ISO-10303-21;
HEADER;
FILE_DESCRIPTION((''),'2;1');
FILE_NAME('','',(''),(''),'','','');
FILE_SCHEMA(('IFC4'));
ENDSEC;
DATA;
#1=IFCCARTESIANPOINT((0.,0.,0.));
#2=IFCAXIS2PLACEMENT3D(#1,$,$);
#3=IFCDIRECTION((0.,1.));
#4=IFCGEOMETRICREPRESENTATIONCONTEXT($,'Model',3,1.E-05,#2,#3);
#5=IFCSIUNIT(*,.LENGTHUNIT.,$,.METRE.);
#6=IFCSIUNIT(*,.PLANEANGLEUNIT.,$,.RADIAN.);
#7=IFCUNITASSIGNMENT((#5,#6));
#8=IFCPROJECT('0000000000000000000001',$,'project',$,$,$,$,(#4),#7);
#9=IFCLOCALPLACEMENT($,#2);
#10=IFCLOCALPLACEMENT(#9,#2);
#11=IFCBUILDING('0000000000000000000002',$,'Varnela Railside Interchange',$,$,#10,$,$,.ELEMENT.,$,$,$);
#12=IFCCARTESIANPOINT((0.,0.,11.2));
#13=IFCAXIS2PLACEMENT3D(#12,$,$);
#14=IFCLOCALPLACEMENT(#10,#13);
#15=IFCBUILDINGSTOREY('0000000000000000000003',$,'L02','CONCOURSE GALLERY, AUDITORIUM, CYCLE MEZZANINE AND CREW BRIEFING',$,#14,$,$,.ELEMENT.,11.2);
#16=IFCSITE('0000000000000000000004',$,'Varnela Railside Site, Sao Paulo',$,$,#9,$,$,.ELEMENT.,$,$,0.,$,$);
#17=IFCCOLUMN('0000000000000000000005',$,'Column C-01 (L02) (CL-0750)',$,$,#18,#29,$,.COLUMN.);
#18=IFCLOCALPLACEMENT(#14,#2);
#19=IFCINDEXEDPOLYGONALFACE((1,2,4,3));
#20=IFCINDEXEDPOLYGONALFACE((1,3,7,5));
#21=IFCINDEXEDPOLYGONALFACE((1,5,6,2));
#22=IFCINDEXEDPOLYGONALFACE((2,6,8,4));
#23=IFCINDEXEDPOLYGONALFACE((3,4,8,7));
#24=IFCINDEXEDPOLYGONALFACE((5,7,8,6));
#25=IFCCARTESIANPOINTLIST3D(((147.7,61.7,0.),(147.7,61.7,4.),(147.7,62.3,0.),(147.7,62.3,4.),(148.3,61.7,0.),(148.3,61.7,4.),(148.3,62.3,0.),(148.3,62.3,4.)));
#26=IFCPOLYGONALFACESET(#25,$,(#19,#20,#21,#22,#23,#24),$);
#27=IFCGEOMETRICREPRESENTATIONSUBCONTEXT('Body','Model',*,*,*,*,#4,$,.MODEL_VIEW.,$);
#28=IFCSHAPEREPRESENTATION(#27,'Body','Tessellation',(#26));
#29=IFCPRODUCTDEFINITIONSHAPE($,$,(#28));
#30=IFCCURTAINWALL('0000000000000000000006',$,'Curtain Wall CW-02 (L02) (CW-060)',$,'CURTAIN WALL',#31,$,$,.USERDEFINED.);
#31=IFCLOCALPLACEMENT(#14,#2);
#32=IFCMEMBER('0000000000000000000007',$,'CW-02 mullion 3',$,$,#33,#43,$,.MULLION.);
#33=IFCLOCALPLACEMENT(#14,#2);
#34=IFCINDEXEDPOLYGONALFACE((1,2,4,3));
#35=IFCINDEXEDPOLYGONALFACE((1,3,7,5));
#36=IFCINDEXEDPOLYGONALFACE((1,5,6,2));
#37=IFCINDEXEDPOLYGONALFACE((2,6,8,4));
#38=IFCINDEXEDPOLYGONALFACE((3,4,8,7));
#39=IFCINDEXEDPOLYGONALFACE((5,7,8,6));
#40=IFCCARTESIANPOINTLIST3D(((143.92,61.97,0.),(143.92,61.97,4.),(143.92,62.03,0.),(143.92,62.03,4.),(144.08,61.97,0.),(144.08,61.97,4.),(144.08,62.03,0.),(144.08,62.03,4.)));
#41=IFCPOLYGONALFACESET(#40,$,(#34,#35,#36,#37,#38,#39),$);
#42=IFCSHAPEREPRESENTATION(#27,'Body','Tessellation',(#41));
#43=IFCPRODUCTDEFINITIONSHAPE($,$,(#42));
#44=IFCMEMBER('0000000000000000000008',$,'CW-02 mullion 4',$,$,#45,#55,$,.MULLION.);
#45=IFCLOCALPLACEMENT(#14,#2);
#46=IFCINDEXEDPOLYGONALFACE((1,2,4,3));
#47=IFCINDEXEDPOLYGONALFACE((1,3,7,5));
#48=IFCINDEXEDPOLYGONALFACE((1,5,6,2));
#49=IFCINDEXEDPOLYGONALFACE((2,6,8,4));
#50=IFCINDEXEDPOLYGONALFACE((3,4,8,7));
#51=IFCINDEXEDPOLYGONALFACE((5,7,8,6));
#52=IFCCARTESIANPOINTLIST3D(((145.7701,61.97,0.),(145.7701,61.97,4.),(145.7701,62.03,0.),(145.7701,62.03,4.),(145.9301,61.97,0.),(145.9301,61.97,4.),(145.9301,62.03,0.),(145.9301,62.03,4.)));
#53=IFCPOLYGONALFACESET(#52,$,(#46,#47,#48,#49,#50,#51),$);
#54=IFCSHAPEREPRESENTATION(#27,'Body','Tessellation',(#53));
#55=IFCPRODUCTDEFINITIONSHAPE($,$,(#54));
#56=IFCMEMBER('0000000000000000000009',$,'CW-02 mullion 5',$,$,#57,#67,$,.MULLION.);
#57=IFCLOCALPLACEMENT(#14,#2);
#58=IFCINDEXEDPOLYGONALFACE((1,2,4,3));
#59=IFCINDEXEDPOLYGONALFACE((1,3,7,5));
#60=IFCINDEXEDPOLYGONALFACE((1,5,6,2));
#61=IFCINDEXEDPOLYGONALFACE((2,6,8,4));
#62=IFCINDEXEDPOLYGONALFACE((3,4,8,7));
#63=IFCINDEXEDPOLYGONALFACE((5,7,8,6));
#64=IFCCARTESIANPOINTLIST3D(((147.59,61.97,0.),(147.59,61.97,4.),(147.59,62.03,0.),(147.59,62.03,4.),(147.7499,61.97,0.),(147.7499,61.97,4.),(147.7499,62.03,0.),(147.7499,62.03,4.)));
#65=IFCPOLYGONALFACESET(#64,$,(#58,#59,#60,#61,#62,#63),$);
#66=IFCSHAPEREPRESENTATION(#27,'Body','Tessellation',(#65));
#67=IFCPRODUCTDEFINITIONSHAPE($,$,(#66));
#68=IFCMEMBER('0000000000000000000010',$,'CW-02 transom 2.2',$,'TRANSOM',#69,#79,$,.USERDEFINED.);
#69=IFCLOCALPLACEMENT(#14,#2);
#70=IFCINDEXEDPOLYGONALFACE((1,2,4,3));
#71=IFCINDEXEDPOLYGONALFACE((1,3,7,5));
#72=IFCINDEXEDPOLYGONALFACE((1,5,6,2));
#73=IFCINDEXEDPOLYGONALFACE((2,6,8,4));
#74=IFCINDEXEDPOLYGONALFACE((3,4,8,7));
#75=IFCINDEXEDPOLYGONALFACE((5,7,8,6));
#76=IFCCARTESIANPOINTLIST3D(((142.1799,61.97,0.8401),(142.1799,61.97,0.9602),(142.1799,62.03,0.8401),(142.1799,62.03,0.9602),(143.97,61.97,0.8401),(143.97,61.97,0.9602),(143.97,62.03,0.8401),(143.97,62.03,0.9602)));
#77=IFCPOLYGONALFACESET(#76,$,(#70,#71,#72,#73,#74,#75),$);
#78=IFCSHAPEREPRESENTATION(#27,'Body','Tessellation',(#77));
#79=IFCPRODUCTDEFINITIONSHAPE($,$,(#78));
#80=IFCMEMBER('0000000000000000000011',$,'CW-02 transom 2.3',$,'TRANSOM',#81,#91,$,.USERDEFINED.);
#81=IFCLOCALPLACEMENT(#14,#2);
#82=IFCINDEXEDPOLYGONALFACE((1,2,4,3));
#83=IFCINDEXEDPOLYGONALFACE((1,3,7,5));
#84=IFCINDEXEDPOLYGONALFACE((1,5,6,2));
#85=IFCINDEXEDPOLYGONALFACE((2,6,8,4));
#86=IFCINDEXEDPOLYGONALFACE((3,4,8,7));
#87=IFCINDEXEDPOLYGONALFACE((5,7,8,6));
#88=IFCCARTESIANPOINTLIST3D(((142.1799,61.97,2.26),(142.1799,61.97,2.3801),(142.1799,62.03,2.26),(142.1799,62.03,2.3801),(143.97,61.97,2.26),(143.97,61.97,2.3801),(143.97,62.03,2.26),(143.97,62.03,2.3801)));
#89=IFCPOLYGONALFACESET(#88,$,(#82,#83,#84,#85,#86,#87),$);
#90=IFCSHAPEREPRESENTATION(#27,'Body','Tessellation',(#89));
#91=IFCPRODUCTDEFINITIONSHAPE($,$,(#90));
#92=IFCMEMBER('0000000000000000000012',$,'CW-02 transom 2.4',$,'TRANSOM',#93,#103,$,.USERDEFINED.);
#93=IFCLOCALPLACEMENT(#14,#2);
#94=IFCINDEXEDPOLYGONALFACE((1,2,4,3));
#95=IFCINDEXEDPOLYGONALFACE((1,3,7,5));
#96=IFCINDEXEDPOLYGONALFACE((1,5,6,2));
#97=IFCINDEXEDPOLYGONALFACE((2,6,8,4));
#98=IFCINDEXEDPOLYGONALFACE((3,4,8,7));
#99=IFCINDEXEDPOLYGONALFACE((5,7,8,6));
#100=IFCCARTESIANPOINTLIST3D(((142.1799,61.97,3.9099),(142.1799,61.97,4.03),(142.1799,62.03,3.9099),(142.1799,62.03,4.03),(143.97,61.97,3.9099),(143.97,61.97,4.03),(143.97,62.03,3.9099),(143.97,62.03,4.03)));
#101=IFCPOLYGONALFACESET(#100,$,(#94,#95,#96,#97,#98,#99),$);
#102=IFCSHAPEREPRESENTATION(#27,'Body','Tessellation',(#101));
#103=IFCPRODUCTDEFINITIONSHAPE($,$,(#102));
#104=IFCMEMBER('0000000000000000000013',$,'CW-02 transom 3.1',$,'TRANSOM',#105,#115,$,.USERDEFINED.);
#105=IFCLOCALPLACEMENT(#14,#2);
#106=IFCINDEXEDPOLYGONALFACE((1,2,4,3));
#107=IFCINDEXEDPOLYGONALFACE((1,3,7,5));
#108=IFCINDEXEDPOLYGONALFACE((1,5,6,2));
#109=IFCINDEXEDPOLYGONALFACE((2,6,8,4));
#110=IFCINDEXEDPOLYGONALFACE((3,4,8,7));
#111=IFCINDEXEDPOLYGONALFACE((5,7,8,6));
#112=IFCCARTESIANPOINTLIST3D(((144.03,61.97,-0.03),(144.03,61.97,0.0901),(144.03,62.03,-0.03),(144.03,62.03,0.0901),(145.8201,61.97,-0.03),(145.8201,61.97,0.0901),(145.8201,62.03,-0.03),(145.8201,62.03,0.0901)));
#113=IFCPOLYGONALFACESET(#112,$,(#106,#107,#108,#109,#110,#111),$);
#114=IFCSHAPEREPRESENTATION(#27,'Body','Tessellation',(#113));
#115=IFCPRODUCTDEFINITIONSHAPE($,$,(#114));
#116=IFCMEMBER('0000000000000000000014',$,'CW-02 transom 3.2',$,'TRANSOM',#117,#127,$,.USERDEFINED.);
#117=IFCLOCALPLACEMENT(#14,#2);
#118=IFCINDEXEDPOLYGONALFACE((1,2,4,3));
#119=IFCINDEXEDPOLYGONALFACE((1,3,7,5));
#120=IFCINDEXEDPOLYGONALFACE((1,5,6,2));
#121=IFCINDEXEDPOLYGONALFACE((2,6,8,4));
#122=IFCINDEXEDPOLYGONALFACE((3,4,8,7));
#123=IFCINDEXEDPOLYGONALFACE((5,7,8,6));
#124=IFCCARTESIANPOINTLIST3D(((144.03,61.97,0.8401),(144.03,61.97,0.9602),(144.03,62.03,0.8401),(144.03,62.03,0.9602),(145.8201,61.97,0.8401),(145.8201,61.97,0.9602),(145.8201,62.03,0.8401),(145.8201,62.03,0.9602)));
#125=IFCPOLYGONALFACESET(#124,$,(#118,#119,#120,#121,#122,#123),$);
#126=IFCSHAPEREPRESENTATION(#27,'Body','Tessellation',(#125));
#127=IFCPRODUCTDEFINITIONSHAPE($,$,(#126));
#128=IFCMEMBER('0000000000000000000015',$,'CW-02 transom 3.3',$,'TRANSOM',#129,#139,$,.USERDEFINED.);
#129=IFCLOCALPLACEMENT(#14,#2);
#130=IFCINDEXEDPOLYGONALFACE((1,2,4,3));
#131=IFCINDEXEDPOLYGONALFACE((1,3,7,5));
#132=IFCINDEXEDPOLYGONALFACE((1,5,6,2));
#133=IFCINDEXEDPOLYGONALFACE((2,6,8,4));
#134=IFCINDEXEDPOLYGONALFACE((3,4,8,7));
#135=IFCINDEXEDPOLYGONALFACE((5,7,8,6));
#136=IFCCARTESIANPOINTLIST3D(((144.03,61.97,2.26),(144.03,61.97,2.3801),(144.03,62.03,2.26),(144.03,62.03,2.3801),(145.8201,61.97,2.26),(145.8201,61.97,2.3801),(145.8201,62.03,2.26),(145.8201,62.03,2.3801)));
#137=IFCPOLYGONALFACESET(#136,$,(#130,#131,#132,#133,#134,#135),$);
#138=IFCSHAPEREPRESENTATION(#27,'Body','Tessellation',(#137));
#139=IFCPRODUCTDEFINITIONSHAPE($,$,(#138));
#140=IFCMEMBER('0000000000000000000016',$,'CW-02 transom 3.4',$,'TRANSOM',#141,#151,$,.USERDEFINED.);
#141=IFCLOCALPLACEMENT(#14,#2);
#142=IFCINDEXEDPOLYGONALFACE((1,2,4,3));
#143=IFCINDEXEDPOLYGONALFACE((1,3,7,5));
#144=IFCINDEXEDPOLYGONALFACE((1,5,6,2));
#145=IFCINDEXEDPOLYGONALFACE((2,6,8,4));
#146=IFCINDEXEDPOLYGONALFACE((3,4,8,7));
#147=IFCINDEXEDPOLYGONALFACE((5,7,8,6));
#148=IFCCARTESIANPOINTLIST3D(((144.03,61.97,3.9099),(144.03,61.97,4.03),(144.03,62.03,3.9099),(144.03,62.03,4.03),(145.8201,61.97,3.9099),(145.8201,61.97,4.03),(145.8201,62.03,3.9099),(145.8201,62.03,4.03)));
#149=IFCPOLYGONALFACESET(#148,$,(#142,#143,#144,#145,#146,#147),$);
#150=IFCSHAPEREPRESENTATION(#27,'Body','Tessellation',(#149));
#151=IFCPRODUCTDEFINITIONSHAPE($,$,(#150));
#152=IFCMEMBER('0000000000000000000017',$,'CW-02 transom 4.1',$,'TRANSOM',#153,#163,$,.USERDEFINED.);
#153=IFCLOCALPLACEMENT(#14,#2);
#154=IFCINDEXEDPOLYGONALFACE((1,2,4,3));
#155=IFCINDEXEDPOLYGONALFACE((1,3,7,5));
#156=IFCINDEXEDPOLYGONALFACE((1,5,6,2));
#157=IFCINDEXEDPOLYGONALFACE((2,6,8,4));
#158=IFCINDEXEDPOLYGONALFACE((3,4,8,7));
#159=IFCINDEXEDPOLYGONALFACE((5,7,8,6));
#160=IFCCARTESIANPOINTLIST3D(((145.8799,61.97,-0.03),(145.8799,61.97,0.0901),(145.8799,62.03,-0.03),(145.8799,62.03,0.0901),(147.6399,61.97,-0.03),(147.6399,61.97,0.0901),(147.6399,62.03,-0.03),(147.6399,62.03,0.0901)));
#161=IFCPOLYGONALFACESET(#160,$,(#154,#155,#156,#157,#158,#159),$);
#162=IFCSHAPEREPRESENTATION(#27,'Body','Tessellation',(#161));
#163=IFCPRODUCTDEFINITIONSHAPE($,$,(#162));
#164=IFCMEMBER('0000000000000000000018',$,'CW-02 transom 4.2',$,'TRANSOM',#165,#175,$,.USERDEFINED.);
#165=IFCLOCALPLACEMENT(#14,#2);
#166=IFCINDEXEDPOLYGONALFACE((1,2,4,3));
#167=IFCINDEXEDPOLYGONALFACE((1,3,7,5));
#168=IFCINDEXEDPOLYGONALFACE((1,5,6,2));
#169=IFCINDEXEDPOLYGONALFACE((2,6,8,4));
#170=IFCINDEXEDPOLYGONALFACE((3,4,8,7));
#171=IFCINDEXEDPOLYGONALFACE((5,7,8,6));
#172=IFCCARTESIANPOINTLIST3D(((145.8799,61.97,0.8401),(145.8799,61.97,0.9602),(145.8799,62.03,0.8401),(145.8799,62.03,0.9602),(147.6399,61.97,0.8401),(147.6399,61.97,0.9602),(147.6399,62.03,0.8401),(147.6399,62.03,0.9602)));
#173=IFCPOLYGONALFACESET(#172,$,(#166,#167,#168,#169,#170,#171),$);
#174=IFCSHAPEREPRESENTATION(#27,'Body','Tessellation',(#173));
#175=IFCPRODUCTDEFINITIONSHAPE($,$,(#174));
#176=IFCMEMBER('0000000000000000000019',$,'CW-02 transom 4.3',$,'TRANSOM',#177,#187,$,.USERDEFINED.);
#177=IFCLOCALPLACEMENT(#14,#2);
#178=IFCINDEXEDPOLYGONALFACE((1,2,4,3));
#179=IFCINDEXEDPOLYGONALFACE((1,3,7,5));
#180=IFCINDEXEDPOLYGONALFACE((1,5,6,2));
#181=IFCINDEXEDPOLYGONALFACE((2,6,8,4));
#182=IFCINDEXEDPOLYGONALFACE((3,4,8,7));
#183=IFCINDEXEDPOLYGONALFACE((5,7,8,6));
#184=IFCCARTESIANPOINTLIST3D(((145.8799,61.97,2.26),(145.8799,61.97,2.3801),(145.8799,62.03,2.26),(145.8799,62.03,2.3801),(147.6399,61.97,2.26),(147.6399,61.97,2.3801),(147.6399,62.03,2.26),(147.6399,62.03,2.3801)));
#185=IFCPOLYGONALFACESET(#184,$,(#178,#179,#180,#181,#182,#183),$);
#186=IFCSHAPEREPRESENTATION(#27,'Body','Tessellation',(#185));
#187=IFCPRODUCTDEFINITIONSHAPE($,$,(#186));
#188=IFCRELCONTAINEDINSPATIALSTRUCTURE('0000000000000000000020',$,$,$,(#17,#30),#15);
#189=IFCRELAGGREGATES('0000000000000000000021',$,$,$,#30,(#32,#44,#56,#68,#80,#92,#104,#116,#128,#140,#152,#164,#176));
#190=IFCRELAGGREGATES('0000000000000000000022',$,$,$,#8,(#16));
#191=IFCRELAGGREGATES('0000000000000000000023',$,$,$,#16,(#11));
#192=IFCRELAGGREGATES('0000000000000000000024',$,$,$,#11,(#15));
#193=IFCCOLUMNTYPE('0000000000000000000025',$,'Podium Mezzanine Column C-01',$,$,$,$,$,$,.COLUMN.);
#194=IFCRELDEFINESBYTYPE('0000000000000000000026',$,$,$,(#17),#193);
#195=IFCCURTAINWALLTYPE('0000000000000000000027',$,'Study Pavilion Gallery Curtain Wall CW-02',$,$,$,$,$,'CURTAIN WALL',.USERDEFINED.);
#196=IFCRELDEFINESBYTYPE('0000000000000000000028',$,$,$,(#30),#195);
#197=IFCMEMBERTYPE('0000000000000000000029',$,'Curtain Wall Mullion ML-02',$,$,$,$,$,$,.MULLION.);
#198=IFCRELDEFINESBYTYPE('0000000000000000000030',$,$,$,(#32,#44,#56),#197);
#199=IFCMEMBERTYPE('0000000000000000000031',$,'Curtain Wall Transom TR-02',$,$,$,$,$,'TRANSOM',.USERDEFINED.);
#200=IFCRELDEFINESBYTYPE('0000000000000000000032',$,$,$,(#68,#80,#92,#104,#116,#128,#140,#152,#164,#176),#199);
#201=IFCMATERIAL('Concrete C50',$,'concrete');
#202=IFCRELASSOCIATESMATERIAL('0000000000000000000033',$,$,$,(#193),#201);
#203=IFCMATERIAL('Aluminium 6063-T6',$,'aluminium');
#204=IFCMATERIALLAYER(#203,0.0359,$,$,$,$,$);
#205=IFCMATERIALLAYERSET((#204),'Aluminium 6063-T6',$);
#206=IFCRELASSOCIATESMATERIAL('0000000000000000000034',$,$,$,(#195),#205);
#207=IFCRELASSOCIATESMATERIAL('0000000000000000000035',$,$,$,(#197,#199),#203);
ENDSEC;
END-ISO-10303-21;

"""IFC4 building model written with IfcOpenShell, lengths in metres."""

from ifc_helpers import new_model, si_unit, direction, frame, origin, origin_2d, place, context, subcontext, project, spatial, rectangle, extrude, material, layer, layer_set, material_profile, profile_set, type_object, element, aggregate, save


model = new_model("IFC4")

# Units and contexts
model_context = context("Model", 3, precision=1e-05, world=origin(), true_north=direction((0.0, 1.0)))
body_context = subcontext(model_context, "Body", "Model", "MODEL_VIEW")
ifc_project = project(units=[si_unit("LENGTHUNIT", "METRE"), si_unit("PLANEANGLEUNIT", "RADIAN")], contexts=[model_context])

# Site, building, storey
site_placement = place(None, origin())
site = spatial("IfcSite", under=ifc_project, at=site_placement, Name="Varnela Railside Site, Sao Paulo", CompositionType="ELEMENT", RefElevation=0.0)
building_placement = place(site_placement, origin())
building = spatial("IfcBuilding", under=site, at=building_placement, Name="Varnela Railside Interchange", CompositionType="ELEMENT")
storey_placement = place(building_placement, frame((0.0, 0.0, 11.2)))
storey = spatial("IfcBuildingStorey", under=building, at=storey_placement, Name="L02", Description="CONCOURSE GALLERY, AUDITORIUM, CYCLE MEZZANINE AND CREW BRIEFING", CompositionType="ELEMENT", Elevation=11.2)

# Column
ifc_material_1 = material(Name="Concrete C50", Category="concrete")
ifc_material_profile_1 = material_profile(ifc_material_1, rectangle(XDim=0.6001, YDim=0.6001, at=origin_2d()), Name="RC 600x600")
ifc_profile_set_1 = profile_set([ifc_material_profile_1], Name="Concrete C50")
column_type = type_object("IfcColumnType", Name="Podium Mezzanine Column C-01", PredefinedType="COLUMN", material=ifc_profile_set_1)
column_placement = place(storey_placement, frame((148.0, 62.0, 0.0), z_axis=(0.0, 0.0, 1.0), x_axis=(1.0, 0.0, 0.0)))
element("IfcColumn", 1, at=column_placement, inside=storey, type_object=column_type, Name="Column C-01 (L02) (CL-0750)", PredefinedType="COLUMN", context=body_context, shape_type="SweptSolid", body=[
    extrude(rectangle(XDim=0.6001, YDim=0.6001, at=origin_2d()), origin(), (0.0, 0.0, 1.0), 4.0),
])

# Curtain wall, members
ifc_material_2 = material(Name="Aluminium 6063-T6", Category="aluminium")
ifc_layer_1 = layer(ifc_material_2, 0.0359)
ifc_layer_set_1 = layer_set([ifc_layer_1], Name="Aluminium 6063-T6")
curtain_wall_type = type_object("IfcCurtainWallType", Name="Study Pavilion Gallery Curtain Wall CW-02", ElementType="CURTAIN WALL", PredefinedType="USERDEFINED", material=ifc_layer_set_1)
curtain_wall_placement = place(storey_placement, origin())
curtain_wall = element("IfcCurtainWall", 2, at=curtain_wall_placement, inside=storey, type_object=curtain_wall_type, Name="Curtain Wall CW-02 (L02) (CW-060)", ObjectType="CURTAIN WALL", PredefinedType="USERDEFINED")
ifc_material_profile_2 = material_profile(ifc_material_2, rectangle(XDim=0.0601, YDim=0.1599, at=origin_2d()), Name="ALU 60x160")
ifc_profile_set_2 = profile_set([ifc_material_profile_2], Name="Aluminium 6063-T6")
member_type_1 = type_object("IfcMemberType", Name="Curtain Wall Mullion ML-02", PredefinedType="MULLION", material=ifc_profile_set_2)
member_1_placement = place(storey_placement, frame((144.0, 62.0, 0.0), z_axis=(0.0, 0.0, 1.0), x_axis=(0.0, 1.0, 0.0)))
member_1 = element("IfcMember", 3, at=member_1_placement, type_object=member_type_1, Name="CW-02 mullion 3", PredefinedType="MULLION", context=body_context, shape_type="SweptSolid", body=[
    extrude(rectangle(XDim=0.0601, YDim=0.1599, at=origin_2d()), origin(), (0.0, 0.0, 1.0), 4.0),
])
member_2_placement = place(storey_placement, frame((145.8501, 62.0, 0.0), z_axis=(0.0, 0.0, 1.0), x_axis=(0.0, 1.0, 0.0)))
member_2 = element("IfcMember", 4, at=member_2_placement, type_object=member_type_1, Name="CW-02 mullion 4", PredefinedType="MULLION", context=body_context, shape_type="SweptSolid", body=[
    extrude(rectangle(XDim=0.0601, YDim=0.1599, at=origin_2d()), origin(), (0.0, 0.0, 1.0), 4.0),
])
member_3_placement = place(storey_placement, frame((147.6699, 62.0, 0.0), z_axis=(0.0, 0.0, 1.0), x_axis=(0.0, 1.0, 0.0)))
member_3 = element("IfcMember", 5, at=member_3_placement, type_object=member_type_1, Name="CW-02 mullion 5", PredefinedType="MULLION", context=body_context, shape_type="SweptSolid", body=[
    extrude(rectangle(XDim=0.0601, YDim=0.1599, at=origin_2d()), origin(), (0.0, 0.0, 1.0), 4.0),
])
ifc_material_profile_3 = material_profile(ifc_material_2, rectangle(XDim=0.0601, YDim=0.1201, at=origin_2d()), Name="ALU 60x120")
ifc_profile_set_3 = profile_set([ifc_material_profile_3], Name="Aluminium 6063-T6")
member_type_2 = type_object("IfcMemberType", Name="Curtain Wall Transom TR-02", ElementType="TRANSOM", PredefinedType="USERDEFINED", material=ifc_profile_set_3)
member_4_placement = place(storey_placement, frame((142.1799, 62.0, 0.9001), z_axis=(1.0, 0.0, 0.0), x_axis=(0.0, 1.0, 0.0)))
member_4 = element("IfcMember", 6, at=member_4_placement, type_object=member_type_2, Name="CW-02 transom 2.2", ObjectType="TRANSOM", PredefinedType="USERDEFINED", context=body_context, shape_type="SweptSolid", body=[
    extrude(rectangle(XDim=0.0601, YDim=0.1201, at=origin_2d()), origin(), (0.0, 0.0, 1.0), 1.79),
])
member_5_placement = place(storey_placement, frame((142.1799, 62.0, 2.3201), z_axis=(1.0, 0.0, 0.0), x_axis=(0.0, 1.0, 0.0)))
member_5 = element("IfcMember", 7, at=member_5_placement, type_object=member_type_2, Name="CW-02 transom 2.3", ObjectType="TRANSOM", PredefinedType="USERDEFINED", context=body_context, shape_type="SweptSolid", body=[
    extrude(rectangle(XDim=0.0601, YDim=0.1201, at=origin_2d()), origin(), (0.0, 0.0, 1.0), 1.79),
])
member_6_placement = place(storey_placement, frame((142.1799, 62.0, 3.97), z_axis=(1.0, 0.0, 0.0), x_axis=(0.0, 1.0, 0.0)))
member_6 = element("IfcMember", 8, at=member_6_placement, type_object=member_type_2, Name="CW-02 transom 2.4", ObjectType="TRANSOM", PredefinedType="USERDEFINED", context=body_context, shape_type="SweptSolid", body=[
    extrude(rectangle(XDim=0.0601, YDim=0.1201, at=origin_2d()), origin(), (0.0, 0.0, 1.0), 1.79),
])
member_7_placement = place(storey_placement, frame((144.03, 62.0, 0.03), z_axis=(1.0, 0.0, 0.0), x_axis=(0.0, 1.0, 0.0)))
member_7 = element("IfcMember", 9, at=member_7_placement, type_object=member_type_2, Name="CW-02 transom 3.1", ObjectType="TRANSOM", PredefinedType="USERDEFINED", context=body_context, shape_type="SweptSolid", body=[
    extrude(rectangle(XDim=0.0601, YDim=0.1201, at=origin_2d()), origin(), (0.0, 0.0, 1.0), 1.79),
])
member_8_placement = place(storey_placement, frame((144.03, 62.0, 0.9001), z_axis=(1.0, 0.0, 0.0), x_axis=(0.0, 1.0, 0.0)))
member_8 = element("IfcMember", 10, at=member_8_placement, type_object=member_type_2, Name="CW-02 transom 3.2", ObjectType="TRANSOM", PredefinedType="USERDEFINED", context=body_context, shape_type="SweptSolid", body=[
    extrude(rectangle(XDim=0.0601, YDim=0.1201, at=origin_2d()), origin(), (0.0, 0.0, 1.0), 1.79),
])
member_9_placement = place(storey_placement, frame((144.03, 62.0, 2.3201), z_axis=(1.0, 0.0, 0.0), x_axis=(0.0, 1.0, 0.0)))
member_9 = element("IfcMember", 11, at=member_9_placement, type_object=member_type_2, Name="CW-02 transom 3.3", ObjectType="TRANSOM", PredefinedType="USERDEFINED", context=body_context, shape_type="SweptSolid", body=[
    extrude(rectangle(XDim=0.0601, YDim=0.1201, at=origin_2d()), origin(), (0.0, 0.0, 1.0), 1.79),
])
member_10_placement = place(storey_placement, frame((144.03, 62.0, 3.97), z_axis=(1.0, 0.0, 0.0), x_axis=(0.0, 1.0, 0.0)))
member_10 = element("IfcMember", 12, at=member_10_placement, type_object=member_type_2, Name="CW-02 transom 3.4", ObjectType="TRANSOM", PredefinedType="USERDEFINED", context=body_context, shape_type="SweptSolid", body=[
    extrude(rectangle(XDim=0.0601, YDim=0.1201, at=origin_2d()), origin(), (0.0, 0.0, 1.0), 1.79),
])
member_11_placement = place(storey_placement, frame((145.8799, 62.0, 0.03), z_axis=(1.0, 0.0, 0.0), x_axis=(0.0, 1.0, 0.0)))
member_11 = element("IfcMember", 13, at=member_11_placement, type_object=member_type_2, Name="CW-02 transom 4.1", ObjectType="TRANSOM", PredefinedType="USERDEFINED", context=body_context, shape_type="SweptSolid", body=[
    extrude(rectangle(XDim=0.0601, YDim=0.1201, at=origin_2d()), origin(), (0.0, 0.0, 1.0), 1.76),
])
member_12_placement = place(storey_placement, frame((145.8799, 62.0, 0.9001), z_axis=(1.0, 0.0, 0.0), x_axis=(0.0, 1.0, 0.0)))
member_12 = element("IfcMember", 14, at=member_12_placement, type_object=member_type_2, Name="CW-02 transom 4.2", ObjectType="TRANSOM", PredefinedType="USERDEFINED", context=body_context, shape_type="SweptSolid", body=[
    extrude(rectangle(XDim=0.0601, YDim=0.1201, at=origin_2d()), origin(), (0.0, 0.0, 1.0), 1.76),
])
member_13_placement = place(storey_placement, frame((145.8799, 62.0, 2.3201), z_axis=(1.0, 0.0, 0.0), x_axis=(0.0, 1.0, 0.0)))
member_13 = element("IfcMember", 15, at=member_13_placement, type_object=member_type_2, Name="CW-02 transom 4.3", ObjectType="TRANSOM", PredefinedType="USERDEFINED", context=body_context, shape_type="SweptSolid", body=[
    extrude(rectangle(XDim=0.0601, YDim=0.1201, at=origin_2d()), origin(), (0.0, 0.0, 1.0), 1.76),
])

aggregate(curtain_wall, [member_1, member_2, member_3, member_4, member_5, member_6, member_7, member_8, member_9, member_10, member_11, member_12, member_13])

save(model, "model.ifc")
